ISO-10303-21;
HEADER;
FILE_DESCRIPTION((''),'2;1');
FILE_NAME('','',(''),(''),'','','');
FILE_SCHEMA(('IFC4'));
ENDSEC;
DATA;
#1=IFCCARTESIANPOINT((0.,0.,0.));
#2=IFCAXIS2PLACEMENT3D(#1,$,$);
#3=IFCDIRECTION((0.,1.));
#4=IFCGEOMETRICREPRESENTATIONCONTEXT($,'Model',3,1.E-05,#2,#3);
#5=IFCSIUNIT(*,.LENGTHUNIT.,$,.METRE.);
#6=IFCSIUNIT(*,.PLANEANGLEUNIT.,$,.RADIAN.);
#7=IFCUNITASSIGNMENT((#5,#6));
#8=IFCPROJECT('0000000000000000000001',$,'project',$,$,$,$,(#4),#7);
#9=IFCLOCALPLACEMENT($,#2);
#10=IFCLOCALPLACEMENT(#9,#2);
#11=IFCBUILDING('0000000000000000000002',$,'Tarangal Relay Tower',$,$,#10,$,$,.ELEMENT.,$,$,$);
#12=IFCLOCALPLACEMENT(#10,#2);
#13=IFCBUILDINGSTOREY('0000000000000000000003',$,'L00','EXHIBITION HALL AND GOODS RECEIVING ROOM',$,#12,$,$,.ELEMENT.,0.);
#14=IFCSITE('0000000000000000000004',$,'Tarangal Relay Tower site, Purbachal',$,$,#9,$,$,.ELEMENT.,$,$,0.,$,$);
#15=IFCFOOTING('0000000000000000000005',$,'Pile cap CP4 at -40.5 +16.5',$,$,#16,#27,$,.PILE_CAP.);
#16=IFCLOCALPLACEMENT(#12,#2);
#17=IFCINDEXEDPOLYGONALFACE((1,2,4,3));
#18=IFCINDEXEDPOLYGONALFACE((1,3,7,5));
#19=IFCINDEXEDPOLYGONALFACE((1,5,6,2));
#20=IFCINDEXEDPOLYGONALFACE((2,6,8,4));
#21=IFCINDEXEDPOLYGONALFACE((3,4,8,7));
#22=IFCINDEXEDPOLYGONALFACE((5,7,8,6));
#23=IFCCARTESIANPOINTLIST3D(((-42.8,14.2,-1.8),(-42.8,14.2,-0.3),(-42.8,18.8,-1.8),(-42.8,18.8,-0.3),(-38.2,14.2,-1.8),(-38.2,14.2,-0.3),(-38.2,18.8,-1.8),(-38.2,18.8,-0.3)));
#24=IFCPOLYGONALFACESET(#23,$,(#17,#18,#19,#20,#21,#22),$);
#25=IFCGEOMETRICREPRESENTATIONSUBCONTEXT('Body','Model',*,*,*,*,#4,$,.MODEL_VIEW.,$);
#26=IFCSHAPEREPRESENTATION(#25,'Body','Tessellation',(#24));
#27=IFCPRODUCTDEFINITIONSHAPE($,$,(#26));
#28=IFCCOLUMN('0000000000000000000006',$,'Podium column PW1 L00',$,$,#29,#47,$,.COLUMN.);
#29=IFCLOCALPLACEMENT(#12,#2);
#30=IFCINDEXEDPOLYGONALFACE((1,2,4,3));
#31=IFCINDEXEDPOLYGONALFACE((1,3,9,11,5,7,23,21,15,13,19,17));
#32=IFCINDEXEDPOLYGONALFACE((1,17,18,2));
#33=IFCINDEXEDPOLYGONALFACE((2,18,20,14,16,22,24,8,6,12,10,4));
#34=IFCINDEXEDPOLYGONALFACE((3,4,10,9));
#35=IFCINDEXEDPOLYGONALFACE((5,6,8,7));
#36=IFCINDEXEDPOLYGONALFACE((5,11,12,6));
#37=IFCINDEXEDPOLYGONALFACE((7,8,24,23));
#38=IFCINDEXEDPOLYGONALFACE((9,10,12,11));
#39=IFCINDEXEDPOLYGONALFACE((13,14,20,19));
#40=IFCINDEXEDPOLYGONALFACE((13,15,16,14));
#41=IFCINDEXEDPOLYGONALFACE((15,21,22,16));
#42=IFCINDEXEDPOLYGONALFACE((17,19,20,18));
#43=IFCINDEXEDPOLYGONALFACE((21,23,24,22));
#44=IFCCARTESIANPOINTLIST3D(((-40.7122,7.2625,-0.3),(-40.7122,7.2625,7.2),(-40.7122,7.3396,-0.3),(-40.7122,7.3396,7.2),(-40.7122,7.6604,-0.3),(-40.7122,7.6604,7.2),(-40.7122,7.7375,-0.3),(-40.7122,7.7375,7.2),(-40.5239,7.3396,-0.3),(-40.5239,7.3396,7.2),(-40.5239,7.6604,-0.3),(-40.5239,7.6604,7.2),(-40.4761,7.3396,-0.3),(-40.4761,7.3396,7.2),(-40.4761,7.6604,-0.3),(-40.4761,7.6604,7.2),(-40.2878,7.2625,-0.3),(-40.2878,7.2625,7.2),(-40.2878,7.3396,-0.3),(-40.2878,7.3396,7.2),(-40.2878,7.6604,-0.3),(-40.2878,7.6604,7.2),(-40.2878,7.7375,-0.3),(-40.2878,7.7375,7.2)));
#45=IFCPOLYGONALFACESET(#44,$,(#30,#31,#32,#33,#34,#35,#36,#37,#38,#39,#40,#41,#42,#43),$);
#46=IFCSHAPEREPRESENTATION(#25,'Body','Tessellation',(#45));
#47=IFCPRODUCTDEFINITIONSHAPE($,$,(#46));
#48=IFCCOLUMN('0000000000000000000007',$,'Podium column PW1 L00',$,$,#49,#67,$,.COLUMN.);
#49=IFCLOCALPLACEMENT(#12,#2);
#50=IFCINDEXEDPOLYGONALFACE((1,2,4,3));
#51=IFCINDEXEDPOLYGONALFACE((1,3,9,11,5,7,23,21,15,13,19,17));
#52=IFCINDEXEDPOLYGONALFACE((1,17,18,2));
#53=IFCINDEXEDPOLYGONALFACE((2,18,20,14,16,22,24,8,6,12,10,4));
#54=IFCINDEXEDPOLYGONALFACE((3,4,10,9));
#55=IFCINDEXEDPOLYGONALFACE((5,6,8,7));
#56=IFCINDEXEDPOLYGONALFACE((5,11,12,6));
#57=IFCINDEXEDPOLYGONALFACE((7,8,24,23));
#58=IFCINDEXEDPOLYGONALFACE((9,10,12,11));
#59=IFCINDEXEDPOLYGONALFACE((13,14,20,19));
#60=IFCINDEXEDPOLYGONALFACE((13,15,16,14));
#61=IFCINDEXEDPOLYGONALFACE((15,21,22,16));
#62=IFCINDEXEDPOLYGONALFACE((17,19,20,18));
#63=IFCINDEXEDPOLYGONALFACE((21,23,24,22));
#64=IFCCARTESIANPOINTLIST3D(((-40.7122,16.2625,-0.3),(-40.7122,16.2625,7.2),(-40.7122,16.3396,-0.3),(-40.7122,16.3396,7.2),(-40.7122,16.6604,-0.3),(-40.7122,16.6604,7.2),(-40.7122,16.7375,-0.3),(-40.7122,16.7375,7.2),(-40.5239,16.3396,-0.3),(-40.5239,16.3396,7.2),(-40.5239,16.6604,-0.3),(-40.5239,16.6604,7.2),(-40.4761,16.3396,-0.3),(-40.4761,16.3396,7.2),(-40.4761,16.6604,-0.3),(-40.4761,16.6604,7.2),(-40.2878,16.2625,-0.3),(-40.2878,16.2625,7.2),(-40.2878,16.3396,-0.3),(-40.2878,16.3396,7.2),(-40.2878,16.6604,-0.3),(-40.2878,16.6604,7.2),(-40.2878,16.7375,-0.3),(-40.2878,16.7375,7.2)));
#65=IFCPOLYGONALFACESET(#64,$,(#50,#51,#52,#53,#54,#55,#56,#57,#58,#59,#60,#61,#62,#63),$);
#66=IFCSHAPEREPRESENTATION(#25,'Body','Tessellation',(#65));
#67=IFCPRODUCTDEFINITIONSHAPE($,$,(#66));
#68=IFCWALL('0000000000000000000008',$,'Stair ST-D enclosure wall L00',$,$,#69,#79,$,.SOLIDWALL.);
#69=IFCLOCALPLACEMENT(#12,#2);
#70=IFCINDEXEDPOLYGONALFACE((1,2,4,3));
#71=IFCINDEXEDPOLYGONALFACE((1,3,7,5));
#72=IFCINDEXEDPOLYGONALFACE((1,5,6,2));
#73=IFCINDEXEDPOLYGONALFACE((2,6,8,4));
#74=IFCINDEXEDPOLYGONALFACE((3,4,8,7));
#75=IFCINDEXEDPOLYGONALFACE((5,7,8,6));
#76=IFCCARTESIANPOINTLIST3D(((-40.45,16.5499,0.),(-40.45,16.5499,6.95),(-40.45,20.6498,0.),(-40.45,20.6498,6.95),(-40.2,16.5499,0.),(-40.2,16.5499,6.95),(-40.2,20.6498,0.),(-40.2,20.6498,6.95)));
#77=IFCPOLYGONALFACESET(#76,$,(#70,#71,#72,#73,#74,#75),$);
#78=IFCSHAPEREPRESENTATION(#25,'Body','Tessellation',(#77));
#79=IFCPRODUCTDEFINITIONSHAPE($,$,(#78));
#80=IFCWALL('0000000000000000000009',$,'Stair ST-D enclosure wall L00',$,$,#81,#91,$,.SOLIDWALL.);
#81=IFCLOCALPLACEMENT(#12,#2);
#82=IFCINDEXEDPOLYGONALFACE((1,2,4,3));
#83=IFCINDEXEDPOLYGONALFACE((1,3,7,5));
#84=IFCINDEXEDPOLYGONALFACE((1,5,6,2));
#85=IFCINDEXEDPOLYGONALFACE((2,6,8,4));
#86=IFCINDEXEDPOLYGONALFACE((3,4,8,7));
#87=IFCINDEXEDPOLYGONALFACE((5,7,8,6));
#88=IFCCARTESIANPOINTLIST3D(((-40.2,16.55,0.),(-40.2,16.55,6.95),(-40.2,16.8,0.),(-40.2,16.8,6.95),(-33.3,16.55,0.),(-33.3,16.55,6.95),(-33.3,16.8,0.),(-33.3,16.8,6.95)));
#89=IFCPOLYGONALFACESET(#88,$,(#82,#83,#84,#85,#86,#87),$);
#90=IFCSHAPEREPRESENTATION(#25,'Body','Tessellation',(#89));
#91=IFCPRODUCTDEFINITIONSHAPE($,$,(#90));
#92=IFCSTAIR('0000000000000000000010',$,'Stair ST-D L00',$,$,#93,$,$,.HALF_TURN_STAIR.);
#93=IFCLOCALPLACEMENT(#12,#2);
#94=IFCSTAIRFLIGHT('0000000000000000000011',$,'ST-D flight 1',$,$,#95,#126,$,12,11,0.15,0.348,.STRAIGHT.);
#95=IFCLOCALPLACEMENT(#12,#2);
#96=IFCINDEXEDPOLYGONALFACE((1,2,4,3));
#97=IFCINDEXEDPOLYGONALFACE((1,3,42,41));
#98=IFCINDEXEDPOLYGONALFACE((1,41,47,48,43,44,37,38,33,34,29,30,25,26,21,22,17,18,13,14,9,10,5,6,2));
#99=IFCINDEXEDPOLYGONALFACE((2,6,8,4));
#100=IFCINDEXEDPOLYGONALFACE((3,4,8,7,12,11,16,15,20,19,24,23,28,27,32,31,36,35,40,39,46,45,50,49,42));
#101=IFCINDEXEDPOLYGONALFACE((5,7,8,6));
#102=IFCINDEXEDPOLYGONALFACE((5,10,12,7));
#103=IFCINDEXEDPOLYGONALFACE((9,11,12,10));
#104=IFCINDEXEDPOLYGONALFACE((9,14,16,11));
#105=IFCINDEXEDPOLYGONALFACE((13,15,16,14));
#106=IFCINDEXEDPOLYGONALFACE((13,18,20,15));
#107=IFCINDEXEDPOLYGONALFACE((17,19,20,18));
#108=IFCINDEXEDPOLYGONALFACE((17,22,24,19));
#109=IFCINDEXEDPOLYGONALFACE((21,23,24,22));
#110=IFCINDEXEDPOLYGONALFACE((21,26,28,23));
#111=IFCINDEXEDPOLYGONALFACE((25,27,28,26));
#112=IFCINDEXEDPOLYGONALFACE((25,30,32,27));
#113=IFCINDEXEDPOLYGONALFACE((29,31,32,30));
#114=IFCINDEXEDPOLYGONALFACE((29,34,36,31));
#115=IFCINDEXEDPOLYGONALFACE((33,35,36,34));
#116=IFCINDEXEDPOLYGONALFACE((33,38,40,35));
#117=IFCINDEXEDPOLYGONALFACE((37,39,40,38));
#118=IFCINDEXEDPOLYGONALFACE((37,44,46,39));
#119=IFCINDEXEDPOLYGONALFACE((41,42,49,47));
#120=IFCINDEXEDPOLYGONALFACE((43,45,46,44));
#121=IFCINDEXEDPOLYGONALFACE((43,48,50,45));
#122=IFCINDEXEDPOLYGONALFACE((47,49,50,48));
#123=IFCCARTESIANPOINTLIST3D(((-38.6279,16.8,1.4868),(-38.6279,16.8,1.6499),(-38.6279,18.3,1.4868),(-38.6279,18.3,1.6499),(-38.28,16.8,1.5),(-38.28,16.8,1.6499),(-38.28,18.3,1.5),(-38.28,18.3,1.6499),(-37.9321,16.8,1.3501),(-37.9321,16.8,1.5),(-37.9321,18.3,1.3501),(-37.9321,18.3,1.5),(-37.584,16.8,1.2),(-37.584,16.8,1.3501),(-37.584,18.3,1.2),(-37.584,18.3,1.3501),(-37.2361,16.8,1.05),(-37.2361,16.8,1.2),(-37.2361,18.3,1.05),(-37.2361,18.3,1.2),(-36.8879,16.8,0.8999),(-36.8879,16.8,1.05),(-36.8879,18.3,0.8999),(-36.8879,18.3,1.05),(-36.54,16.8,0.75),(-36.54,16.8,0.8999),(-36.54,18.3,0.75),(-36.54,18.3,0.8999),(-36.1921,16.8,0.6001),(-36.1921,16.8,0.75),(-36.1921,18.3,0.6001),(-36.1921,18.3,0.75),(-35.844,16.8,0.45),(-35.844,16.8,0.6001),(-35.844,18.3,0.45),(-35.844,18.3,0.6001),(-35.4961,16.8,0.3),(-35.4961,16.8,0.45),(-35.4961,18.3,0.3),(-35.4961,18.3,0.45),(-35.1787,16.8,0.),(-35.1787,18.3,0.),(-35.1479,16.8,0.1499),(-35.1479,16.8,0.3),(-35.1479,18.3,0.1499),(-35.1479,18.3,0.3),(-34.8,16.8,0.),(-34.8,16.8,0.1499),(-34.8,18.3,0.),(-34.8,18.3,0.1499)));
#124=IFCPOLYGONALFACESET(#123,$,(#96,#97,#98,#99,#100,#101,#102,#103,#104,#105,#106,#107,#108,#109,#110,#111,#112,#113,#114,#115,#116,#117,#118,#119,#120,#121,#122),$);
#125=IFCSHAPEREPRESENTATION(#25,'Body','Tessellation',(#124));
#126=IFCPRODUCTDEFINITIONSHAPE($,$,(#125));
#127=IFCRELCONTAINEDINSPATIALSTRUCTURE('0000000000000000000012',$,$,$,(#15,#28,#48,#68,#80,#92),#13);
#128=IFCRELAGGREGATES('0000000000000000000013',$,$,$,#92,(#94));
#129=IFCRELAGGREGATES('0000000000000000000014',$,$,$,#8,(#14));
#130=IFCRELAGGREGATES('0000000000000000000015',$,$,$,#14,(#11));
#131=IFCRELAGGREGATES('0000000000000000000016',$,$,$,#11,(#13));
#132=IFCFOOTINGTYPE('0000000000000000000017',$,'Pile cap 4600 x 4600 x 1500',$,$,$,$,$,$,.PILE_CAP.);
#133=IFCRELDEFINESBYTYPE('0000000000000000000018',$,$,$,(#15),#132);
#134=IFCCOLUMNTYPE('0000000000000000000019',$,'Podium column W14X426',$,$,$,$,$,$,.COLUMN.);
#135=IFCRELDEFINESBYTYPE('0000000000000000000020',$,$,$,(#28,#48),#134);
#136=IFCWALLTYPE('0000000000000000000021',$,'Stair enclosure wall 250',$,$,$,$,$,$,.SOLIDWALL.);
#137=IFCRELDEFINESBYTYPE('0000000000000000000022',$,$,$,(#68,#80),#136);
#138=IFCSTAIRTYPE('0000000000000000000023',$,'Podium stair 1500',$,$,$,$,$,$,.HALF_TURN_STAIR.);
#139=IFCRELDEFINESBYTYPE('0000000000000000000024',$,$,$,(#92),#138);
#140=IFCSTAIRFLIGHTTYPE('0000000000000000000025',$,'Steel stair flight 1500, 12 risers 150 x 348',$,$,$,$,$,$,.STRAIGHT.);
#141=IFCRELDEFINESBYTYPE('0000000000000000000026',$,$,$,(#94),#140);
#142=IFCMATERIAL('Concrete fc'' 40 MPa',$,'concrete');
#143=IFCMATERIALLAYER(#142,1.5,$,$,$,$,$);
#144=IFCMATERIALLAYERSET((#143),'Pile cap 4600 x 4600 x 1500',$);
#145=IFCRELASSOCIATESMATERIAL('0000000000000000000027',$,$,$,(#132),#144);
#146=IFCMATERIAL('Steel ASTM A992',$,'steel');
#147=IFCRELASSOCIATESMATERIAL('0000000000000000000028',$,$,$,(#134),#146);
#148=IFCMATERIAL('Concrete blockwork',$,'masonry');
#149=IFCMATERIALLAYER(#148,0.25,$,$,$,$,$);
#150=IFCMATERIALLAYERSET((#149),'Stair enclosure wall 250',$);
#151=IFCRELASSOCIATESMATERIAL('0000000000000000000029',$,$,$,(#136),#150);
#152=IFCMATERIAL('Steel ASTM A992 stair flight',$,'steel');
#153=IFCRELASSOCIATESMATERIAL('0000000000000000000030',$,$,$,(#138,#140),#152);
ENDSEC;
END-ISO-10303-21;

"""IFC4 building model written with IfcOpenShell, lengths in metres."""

from ifc_helpers import new_model, si_unit, direction, frame, frame_2d, origin, origin_2d, place, context, subcontext, project, spatial, polyline, rectangle, i_section, outline, extrude, material, layer, layer_set, material_profile, profile_set, type_object, element, aggregate, save


model = new_model("IFC4")

# Units and contexts
model_context = context("Model", 3, precision=1e-05, world=origin(), true_north=direction((0.0, 1.0)))
body_context = subcontext(model_context, "Body", "Model", "MODEL_VIEW")
ifc_project = project(units=[si_unit("LENGTHUNIT", "METRE"), si_unit("PLANEANGLEUNIT", "RADIAN")], contexts=[model_context])

# Site, building, storey
site_placement = place(None, origin())
site = spatial("IfcSite", under=ifc_project, at=site_placement, Name="Tarangal Relay Tower site, Purbachal", CompositionType="ELEMENT", RefElevation=0.0)
building_placement = place(site_placement, origin())
building = spatial("IfcBuilding", under=site, at=building_placement, Name="Tarangal Relay Tower", CompositionType="ELEMENT")
storey_placement = place(building_placement, origin())
storey = spatial("IfcBuildingStorey", under=building, at=storey_placement, Name="L00", Description="EXHIBITION HALL AND GOODS RECEIVING ROOM", CompositionType="ELEMENT", Elevation=0.0)

# Shared definitions
ifc_material_1 = material(Name="Concrete fc' 40 MPa", Category="concrete")

# Footing
ifc_layer_1 = layer(ifc_material_1, 1.5)
ifc_layer_set_1 = layer_set([ifc_layer_1], Name="Pile cap 4600 x 4600 x 1500")
footing_type_1 = type_object("IfcFootingType", Name="Pile cap 4600 x 4600 x 1500", PredefinedType="PILE_CAP", material=ifc_layer_set_1)
for number, where, z_axis, x_axis, name in (
    (1, (-40.5, 16.5, -1.8), (0.0, 0.0, 1.0), (1.0, 0.0, 0.0), "Pile cap CP4 at -40.5 +16.5"),
):
    element("IfcFooting", number, at=place(storey_placement, frame(where, z_axis=z_axis, x_axis=x_axis)), inside=storey, type_object=footing_type_1, Name=name, PredefinedType="PILE_CAP", context=body_context, shape_type="SweptSolid", body=[
        extrude(rectangle(XDim=4.6001, YDim=4.6001, at=origin_2d()), origin(), (0.0, 0.0, 1.0), 1.5),
    ])

# Columns
ifc_material_2 = material(Name="Steel ASTM A992", Category="steel")
ifc_material_profile_1 = material_profile(ifc_material_2, i_section(OverallWidth=0.4243, OverallDepth=0.4751, WebThickness=0.0479, FlangeThickness=0.0771, at=origin_2d()), Name="W14X426")
ifc_profile_set_1 = profile_set([ifc_material_profile_1], Name="Steel ASTM A992")
column_type = type_object("IfcColumnType", Name="Podium column W14X426", PredefinedType="COLUMN", material=ifc_profile_set_1)
for number, where, z_axis, x_axis, name in (
    (2, (-40.5, 7.5, -0.3), (0.0, 0.0, 1.0), (1.0, 0.0, 0.0), "Podium column PW1 L00"),
    (3, (-40.5, 16.5, -0.3), (0.0, 0.0, 1.0), (1.0, 0.0, 0.0), "Podium column PW1 L00"),
):
    element("IfcColumn", number, at=place(storey_placement, frame(where, z_axis=z_axis, x_axis=x_axis)), inside=storey, type_object=column_type, Name=name, PredefinedType="COLUMN", context=body_context, shape_type="SweptSolid", body=[
        extrude(i_section(OverallWidth=0.4243, OverallDepth=0.4751, WebThickness=0.0479, FlangeThickness=0.0771, at=origin_2d()), origin(), (0.0, 0.0, 1.0), 7.5),
    ])

# Walls
ifc_material_3 = material(Name="Concrete blockwork", Category="masonry")
ifc_layer_2 = layer(ifc_material_3, 0.25)
ifc_layer_set_2 = layer_set([ifc_layer_2], Name="Stair enclosure wall 250")
wall_type = type_object("IfcWallType", Name="Stair enclosure wall 250", PredefinedType="SOLIDWALL", material=ifc_layer_set_2)
wall_1_placement = place(storey_placement, frame((-40.325, 16.55, 0.0), z_axis=(0.0, 0.0, 1.0), x_axis=(0.0, 1.0, 0.0)))
element("IfcWall", 4, at=wall_1_placement, inside=storey, type_object=wall_type, Name="Stair ST-D enclosure wall L00", PredefinedType="SOLIDWALL", context=body_context, shape_type="SweptSolid", body=[
    extrude(rectangle(XDim=4.0999, YDim=0.25, at=frame_2d((2.0498, 0.0))), origin(), (0.0, 0.0, 1.0), 6.95),
])
wall_2_placement = place(storey_placement, frame((-40.2, 16.675, 0.0), z_axis=(0.0, 0.0, 1.0), x_axis=(1.0, 0.0, 0.0)))
element("IfcWall", 5, at=wall_2_placement, inside=storey, type_object=wall_type, Name="Stair ST-D enclosure wall L00", PredefinedType="SOLIDWALL", context=body_context, shape_type="SweptSolid", body=[
    extrude(rectangle(XDim=6.8999, YDim=0.25, at=frame_2d((3.45, 0.0))), origin(), (0.0, 0.0, 1.0), 6.95),
])

# Stair, stair flight
ifc_material_4 = material(Name="Steel ASTM A992 stair flight", Category="steel")
stair_type = type_object("IfcStairType", Name="Podium stair 1500", PredefinedType="HALF_TURN_STAIR", material=ifc_material_4)
stair_placement = place(storey_placement, origin())
stair = element("IfcStair", 6, at=stair_placement, inside=storey, type_object=stair_type, Name="Stair ST-D L00", PredefinedType="HALF_TURN_STAIR")
stair_flight_type = type_object("IfcStairFlightType", Name="Steel stair flight 1500, 12 risers 150 x 348", PredefinedType="STRAIGHT", material=ifc_material_4)
stair_flight_placement = place(storey_placement, frame((-34.8, 17.55, 0.0), z_axis=(0.0, 0.0, 1.0), x_axis=(-1.0, 0.0, 0.0)))
stair_flight = element("IfcStairFlight", 7, at=stair_flight_placement, type_object=stair_flight_type, Name="ST-D flight 1", NumberOfRisers=12, NumberOfTreads=11, PredefinedType="STRAIGHT", RiserHeight=0.15, TreadLength=0.348, context=body_context, shape_type="SweptSolid", body=[
    extrude(outline(polyline([(0.0, 0.0), (0.0, 0.1499), (0.3479, 0.1499), (0.3479, 0.3), (0.696, 0.3), (0.696, 0.45), (1.0439, 0.45), (1.0439, 0.6001), (1.3921, 0.6001), (1.3921, 0.75), (1.74, 0.75), (1.74, 0.8999), (2.0879, 0.8999), (2.0879, 1.05), (2.436, 1.05), (2.436, 1.2), (2.7839, 1.2), (2.7839, 1.3501), (3.1321, 1.3501), (3.1321, 1.5), (3.48, 1.5), (3.48, 1.6499), (3.8279, 1.6499), (3.8279, 1.8), (3.8279, 1.4868), (0.3787, 0.0), (0.0, 0.0)])), frame((0.0, 0.75, 0.0), z_axis=(0.0, -1.0, 0.0), x_axis=(1.0, 0.0, 0.0)), (0.0, 0.0, 1.0), 1.5),
])
aggregate(stair, [stair_flight])

save(model, "model.ifc")
